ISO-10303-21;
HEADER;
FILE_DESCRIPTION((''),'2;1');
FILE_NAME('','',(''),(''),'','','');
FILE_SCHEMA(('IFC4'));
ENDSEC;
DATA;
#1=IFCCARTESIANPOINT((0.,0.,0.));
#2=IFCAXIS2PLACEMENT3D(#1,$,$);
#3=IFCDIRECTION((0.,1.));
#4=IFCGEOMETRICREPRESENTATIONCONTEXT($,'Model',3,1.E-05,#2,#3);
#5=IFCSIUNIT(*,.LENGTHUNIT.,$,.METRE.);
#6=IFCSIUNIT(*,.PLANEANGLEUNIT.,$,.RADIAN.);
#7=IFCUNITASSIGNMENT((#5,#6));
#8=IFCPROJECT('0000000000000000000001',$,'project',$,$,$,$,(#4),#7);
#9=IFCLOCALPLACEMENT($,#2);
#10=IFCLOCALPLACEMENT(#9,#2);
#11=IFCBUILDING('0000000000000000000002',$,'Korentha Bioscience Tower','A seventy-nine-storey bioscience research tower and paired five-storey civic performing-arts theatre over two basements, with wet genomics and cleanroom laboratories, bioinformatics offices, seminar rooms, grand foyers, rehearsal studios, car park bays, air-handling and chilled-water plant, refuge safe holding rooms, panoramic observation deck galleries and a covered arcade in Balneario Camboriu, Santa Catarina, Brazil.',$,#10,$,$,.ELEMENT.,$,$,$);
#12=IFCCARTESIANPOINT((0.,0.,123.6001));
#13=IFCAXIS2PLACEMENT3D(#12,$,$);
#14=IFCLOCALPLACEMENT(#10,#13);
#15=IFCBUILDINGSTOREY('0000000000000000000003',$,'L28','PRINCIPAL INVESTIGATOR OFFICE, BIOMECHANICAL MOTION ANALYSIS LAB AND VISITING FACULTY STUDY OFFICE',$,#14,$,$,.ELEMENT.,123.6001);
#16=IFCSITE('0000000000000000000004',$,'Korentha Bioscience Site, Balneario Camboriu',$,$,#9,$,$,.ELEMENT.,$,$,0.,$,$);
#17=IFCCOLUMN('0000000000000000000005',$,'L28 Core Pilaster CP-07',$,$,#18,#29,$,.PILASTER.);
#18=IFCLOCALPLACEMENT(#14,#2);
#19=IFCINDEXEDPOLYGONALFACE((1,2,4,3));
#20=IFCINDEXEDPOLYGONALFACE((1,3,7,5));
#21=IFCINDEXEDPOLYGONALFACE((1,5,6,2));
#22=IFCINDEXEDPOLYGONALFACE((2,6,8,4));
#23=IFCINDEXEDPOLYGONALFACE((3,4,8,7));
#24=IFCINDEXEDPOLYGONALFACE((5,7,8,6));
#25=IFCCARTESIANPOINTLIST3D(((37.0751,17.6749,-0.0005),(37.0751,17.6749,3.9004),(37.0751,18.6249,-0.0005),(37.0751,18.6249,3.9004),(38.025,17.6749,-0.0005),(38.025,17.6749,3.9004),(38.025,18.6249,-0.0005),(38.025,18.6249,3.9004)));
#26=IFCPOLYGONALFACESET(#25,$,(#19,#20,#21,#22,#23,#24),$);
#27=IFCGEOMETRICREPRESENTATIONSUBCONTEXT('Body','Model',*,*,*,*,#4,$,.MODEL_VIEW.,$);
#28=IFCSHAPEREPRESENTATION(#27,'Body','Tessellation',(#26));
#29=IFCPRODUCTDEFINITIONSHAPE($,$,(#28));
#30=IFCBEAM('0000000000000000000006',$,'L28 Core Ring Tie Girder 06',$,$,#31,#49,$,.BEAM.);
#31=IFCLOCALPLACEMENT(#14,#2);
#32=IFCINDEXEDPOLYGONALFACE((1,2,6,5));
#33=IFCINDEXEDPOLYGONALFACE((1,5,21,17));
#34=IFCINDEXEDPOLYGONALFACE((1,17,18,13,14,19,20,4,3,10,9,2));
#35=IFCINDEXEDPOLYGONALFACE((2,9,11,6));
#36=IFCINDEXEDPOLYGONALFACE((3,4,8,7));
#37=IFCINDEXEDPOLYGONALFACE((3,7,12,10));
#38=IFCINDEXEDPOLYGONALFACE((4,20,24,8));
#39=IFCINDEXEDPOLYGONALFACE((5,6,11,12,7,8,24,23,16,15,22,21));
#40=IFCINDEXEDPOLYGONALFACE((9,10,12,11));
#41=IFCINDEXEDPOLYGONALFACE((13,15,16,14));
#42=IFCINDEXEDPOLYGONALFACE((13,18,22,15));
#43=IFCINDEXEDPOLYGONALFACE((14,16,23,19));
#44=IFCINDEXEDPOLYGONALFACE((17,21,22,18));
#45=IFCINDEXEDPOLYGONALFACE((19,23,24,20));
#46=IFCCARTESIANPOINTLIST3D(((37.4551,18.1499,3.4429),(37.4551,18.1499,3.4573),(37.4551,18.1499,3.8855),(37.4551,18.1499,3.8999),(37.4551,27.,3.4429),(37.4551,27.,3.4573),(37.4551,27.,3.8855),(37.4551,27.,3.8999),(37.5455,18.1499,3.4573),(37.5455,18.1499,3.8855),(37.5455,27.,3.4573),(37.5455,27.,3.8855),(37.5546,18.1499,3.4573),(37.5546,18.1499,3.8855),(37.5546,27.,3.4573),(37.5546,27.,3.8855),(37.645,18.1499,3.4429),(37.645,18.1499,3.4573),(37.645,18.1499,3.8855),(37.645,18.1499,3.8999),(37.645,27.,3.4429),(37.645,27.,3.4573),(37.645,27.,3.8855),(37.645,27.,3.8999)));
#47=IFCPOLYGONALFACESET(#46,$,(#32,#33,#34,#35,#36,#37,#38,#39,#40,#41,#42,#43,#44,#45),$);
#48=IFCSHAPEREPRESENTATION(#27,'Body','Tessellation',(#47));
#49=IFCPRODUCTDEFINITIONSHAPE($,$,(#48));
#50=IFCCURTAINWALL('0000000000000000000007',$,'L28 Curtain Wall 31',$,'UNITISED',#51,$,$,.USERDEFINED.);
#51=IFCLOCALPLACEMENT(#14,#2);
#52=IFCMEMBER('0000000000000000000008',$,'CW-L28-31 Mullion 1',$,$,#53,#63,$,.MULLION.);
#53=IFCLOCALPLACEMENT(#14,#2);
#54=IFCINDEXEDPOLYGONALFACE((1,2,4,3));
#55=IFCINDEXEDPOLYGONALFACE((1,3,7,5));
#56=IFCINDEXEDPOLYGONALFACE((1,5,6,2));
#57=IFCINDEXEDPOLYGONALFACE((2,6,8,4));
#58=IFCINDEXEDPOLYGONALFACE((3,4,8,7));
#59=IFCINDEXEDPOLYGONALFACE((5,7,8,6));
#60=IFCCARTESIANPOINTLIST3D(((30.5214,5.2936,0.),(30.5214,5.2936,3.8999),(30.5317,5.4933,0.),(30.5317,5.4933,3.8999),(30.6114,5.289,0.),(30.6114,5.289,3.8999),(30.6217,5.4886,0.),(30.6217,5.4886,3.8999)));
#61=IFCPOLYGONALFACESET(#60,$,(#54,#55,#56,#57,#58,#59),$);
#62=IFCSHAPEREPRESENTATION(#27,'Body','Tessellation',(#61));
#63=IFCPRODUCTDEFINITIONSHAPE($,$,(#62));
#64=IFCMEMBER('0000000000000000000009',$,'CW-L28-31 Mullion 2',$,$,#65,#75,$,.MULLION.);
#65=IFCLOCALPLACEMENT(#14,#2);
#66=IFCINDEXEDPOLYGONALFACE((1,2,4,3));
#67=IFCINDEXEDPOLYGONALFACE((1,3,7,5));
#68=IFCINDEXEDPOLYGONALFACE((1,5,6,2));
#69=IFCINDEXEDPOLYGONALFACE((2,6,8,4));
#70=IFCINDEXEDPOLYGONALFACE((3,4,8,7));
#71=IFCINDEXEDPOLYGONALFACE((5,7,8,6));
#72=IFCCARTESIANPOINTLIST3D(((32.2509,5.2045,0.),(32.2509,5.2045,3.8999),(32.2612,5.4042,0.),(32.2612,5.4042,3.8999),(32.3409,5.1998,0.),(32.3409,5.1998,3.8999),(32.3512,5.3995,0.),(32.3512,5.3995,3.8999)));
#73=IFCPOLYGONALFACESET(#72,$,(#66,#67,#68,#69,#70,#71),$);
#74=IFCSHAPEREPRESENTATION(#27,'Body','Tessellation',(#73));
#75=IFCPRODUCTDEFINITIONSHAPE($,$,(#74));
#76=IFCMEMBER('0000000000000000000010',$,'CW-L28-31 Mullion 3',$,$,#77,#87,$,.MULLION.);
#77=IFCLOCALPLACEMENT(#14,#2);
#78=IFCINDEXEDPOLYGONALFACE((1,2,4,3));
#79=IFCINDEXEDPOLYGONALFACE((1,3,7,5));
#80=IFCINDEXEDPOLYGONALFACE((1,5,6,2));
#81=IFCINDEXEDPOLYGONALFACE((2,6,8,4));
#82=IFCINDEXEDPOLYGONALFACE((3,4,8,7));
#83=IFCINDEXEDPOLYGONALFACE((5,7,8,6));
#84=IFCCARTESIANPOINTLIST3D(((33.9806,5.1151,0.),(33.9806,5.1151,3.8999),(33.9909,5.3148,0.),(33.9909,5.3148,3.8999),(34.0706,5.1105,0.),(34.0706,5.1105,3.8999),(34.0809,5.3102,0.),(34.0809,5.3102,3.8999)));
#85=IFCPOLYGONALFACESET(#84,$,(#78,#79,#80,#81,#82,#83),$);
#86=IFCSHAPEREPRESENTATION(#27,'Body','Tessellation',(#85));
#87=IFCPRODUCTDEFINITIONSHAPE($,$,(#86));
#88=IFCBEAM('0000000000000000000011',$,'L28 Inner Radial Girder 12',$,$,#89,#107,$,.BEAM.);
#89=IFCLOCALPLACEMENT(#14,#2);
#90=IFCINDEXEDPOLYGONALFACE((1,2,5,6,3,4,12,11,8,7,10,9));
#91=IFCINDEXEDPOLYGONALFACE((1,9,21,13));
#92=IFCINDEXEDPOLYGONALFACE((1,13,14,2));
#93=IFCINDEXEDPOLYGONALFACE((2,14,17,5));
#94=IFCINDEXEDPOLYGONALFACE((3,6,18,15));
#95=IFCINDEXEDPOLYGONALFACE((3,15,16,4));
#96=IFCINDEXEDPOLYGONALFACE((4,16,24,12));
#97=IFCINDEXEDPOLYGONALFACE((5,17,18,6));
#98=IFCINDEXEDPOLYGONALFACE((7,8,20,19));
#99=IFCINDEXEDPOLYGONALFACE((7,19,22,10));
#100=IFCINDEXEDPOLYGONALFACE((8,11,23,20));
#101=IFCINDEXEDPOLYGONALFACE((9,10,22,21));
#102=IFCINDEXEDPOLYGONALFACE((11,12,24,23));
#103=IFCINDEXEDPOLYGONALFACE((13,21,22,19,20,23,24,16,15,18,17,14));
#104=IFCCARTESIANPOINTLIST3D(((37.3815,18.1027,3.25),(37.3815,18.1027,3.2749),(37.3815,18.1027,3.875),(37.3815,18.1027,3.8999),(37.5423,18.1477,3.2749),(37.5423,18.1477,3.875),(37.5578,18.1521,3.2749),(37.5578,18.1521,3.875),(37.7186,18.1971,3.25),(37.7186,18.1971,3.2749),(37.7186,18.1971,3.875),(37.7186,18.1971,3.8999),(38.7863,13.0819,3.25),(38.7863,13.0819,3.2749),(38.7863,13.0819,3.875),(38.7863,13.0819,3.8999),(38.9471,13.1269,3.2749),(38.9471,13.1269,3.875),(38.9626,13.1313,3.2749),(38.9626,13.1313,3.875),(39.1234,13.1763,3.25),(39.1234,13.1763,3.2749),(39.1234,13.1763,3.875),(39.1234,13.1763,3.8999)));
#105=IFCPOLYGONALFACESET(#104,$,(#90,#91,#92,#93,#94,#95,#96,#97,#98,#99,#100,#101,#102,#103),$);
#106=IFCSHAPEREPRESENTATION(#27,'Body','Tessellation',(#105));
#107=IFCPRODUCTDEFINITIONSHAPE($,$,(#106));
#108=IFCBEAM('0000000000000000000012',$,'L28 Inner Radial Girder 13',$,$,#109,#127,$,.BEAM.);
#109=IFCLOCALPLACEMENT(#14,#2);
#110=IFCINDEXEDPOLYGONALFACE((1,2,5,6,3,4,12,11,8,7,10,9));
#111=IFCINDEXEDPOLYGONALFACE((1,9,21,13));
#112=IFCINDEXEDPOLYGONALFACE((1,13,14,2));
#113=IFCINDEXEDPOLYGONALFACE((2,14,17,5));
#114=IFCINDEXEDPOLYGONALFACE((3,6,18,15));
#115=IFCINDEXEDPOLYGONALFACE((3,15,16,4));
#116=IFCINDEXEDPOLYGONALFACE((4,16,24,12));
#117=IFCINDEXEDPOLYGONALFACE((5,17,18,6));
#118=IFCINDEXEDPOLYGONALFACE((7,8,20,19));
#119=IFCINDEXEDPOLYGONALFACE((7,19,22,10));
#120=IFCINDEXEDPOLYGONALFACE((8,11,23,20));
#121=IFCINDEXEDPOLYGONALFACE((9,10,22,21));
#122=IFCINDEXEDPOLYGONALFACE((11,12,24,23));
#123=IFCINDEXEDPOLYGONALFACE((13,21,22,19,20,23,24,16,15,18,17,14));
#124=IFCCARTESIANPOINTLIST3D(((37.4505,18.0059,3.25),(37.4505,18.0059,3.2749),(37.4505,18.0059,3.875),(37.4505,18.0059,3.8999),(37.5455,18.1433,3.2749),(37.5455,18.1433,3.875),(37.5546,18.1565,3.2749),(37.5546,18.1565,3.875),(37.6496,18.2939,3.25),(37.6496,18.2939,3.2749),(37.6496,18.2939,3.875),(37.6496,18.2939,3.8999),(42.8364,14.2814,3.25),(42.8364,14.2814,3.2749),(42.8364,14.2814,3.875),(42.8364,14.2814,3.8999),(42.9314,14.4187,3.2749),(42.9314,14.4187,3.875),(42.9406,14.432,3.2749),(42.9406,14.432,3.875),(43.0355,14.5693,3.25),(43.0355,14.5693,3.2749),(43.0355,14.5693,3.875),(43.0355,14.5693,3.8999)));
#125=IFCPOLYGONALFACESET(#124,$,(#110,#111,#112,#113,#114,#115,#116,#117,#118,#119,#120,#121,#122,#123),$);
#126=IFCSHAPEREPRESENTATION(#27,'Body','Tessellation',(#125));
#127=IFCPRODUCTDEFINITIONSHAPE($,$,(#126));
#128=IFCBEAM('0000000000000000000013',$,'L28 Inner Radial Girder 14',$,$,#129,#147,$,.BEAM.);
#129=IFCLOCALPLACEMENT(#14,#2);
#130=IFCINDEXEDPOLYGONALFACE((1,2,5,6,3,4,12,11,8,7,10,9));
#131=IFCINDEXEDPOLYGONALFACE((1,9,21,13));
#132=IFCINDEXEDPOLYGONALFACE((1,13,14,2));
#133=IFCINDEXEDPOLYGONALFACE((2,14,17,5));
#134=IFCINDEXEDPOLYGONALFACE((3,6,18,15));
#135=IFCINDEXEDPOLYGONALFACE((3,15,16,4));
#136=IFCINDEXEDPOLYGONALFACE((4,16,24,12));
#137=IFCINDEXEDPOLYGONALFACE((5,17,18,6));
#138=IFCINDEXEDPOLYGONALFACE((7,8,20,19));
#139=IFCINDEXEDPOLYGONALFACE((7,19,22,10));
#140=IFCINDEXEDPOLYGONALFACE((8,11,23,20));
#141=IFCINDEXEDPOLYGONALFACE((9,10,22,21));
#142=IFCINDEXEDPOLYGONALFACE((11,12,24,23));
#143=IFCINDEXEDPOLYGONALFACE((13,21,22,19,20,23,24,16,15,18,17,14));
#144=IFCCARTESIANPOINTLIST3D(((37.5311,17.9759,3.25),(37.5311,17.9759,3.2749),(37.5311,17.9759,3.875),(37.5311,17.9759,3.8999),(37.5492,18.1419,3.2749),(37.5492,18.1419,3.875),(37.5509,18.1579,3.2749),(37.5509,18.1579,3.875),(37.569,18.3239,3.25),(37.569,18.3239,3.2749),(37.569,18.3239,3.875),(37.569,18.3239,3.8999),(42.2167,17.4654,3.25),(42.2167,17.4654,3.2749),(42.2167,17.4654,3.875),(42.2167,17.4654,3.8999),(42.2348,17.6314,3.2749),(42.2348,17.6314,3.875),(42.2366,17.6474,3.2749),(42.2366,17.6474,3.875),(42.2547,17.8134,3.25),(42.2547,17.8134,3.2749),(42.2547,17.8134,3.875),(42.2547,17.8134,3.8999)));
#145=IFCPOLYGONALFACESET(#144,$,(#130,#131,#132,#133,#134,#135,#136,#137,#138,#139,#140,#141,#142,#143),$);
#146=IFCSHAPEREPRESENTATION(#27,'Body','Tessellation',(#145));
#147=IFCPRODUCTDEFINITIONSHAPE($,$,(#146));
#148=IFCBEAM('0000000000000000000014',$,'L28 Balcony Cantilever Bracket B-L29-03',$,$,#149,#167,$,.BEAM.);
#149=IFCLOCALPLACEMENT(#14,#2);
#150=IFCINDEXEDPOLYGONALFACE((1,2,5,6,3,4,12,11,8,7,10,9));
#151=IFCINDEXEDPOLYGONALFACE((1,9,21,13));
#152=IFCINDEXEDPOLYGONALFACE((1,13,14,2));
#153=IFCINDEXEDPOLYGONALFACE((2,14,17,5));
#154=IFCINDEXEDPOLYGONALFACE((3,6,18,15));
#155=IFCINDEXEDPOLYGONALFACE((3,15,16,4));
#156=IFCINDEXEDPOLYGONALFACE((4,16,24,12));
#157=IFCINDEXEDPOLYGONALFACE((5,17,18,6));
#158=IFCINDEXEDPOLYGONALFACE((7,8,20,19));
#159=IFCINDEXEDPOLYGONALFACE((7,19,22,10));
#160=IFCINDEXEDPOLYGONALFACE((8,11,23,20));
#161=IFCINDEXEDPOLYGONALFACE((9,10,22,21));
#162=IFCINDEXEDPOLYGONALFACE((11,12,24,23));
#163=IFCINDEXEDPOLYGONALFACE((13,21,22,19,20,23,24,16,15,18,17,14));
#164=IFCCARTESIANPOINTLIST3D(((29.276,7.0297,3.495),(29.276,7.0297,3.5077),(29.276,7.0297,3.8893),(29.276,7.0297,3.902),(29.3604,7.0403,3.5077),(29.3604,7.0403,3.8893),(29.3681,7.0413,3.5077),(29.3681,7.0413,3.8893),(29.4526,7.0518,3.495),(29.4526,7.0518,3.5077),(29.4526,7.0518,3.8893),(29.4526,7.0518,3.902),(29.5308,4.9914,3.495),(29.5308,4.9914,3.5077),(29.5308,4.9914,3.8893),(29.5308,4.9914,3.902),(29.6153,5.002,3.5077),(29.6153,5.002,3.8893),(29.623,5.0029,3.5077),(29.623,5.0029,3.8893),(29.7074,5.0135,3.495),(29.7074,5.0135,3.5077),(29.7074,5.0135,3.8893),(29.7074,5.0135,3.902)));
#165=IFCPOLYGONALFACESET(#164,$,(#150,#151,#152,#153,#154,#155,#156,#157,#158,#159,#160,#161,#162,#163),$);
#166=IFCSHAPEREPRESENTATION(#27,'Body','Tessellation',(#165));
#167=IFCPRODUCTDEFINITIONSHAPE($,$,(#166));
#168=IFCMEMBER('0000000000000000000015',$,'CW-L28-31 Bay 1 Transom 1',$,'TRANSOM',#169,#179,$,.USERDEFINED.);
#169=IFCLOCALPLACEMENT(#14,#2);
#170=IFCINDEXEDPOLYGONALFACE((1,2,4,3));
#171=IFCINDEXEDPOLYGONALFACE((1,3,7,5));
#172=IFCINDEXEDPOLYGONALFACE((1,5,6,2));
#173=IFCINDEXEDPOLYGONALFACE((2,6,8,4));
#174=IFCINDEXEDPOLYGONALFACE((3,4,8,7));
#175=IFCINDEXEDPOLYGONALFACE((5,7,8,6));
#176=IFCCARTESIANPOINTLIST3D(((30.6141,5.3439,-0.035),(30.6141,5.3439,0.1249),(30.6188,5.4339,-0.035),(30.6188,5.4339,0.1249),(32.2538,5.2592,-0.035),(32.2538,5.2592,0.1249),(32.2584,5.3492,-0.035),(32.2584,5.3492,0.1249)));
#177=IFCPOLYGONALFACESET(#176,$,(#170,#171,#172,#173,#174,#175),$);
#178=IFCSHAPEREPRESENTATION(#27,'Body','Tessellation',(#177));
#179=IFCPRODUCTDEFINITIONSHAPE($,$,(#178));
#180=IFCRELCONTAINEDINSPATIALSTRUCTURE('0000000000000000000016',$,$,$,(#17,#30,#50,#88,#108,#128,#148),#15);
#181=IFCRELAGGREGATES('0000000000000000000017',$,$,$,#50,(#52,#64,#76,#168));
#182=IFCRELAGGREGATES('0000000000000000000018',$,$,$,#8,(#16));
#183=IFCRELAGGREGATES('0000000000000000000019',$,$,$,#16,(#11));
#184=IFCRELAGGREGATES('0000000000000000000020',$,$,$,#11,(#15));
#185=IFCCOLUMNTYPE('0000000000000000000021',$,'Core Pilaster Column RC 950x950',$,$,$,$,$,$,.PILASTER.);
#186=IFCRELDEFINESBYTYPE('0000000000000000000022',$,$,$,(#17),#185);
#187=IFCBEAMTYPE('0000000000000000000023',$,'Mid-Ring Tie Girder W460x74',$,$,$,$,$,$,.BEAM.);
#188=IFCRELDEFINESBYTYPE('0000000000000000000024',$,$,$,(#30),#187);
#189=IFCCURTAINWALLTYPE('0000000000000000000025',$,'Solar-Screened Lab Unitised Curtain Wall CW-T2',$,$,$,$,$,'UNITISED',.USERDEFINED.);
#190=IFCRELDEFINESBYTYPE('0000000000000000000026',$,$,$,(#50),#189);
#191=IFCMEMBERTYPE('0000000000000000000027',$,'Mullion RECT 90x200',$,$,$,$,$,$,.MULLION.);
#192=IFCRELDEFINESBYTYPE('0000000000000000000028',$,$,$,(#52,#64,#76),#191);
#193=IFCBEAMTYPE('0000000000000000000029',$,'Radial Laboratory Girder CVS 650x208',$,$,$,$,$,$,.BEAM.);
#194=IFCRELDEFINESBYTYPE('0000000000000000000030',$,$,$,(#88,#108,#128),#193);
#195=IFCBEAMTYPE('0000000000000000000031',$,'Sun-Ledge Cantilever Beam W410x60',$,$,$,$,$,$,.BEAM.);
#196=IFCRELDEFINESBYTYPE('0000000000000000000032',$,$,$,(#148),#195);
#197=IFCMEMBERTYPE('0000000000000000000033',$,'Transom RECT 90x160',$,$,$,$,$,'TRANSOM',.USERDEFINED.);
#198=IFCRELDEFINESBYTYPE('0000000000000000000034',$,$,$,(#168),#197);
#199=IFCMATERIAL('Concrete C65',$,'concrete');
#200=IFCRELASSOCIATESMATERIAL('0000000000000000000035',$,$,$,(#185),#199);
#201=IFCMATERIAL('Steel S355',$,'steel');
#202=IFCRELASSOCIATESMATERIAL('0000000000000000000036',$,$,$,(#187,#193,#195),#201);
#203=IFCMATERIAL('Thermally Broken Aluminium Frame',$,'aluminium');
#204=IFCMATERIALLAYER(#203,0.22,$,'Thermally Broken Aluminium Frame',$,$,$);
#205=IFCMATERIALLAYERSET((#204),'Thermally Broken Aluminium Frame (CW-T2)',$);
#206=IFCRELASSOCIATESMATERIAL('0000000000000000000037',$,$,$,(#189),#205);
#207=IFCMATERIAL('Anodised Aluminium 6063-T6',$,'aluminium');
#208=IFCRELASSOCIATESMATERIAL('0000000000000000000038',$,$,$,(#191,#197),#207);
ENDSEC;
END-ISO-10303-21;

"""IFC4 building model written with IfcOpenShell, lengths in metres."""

from ifc_helpers import new_model, si_unit, direction, frame, origin, origin_2d, place, context, subcontext, project, spatial, rectangle, i_section, extrude, material, layer, layer_set, material_profile, profile_set, type_object, element, aggregate, save


model = new_model("IFC4")

# Units and contexts
model_context = context("Model", 3, precision=1e-05, world=origin(), true_north=direction((0.0, 1.0)))
body_context = subcontext(model_context, "Body", "Model", "MODEL_VIEW")
ifc_project = project(units=[si_unit("LENGTHUNIT", "METRE"), si_unit("PLANEANGLEUNIT", "RADIAN")], contexts=[model_context])

# Site, building, storey
site_placement = place(None, origin())
site = spatial("IfcSite", under=ifc_project, at=site_placement, Name="Korentha Bioscience Site, Balneario Camboriu", CompositionType="ELEMENT", RefElevation=0.0)
building_placement = place(site_placement, origin())
building = spatial("IfcBuilding", under=site, at=building_placement, Name="Korentha Bioscience Tower", Description="A seventy-nine-storey bioscience research tower and paired five-storey civic performing-arts theatre over two basements, with wet genomics and cleanroom laboratories, bioinformatics offices, seminar rooms, grand foyers, rehearsal studios, car park bays, air-handling and chilled-water plant, refuge safe holding rooms, panoramic observation deck galleries and a covered arcade in Balneario Camboriu, Santa Catarina, Brazil.", CompositionType="ELEMENT")
storey_placement = place(building_placement, frame((0.0, 0.0, 123.6001)))
storey = spatial("IfcBuildingStorey", under=building, at=storey_placement, Name="L28", Description="PRINCIPAL INVESTIGATOR OFFICE, BIOMECHANICAL MOTION ANALYSIS LAB AND VISITING FACULTY STUDY OFFICE", CompositionType="ELEMENT", Elevation=123.6001)

# Column
ifc_material_1 = material(Name="Concrete C65", Category="concrete")
ifc_material_profile_1 = material_profile(ifc_material_1, rectangle(XDim=0.95, YDim=0.95, at=origin_2d()), Name="Concrete C65")
ifc_profile_set_1 = profile_set([ifc_material_profile_1], Name="Concrete C65 (COL-CP09)")
column_type = type_object("IfcColumnType", Name="Core Pilaster Column RC 950x950", PredefinedType="PILASTER", material=ifc_profile_set_1)
column_placement = place(storey_placement, frame((37.55, 18.1499, -0.0005), z_axis=(0.0, 0.0, 1.0), x_axis=(1.0, 0.0, 0.0)))
element("IfcColumn", 1, at=column_placement, inside=storey, type_object=column_type, Name="L28 Core Pilaster CP-07", PredefinedType="PILASTER", context=body_context, shape_type="SweptSolid", body=[
    extrude(rectangle(XDim=0.95, YDim=0.95, at=origin_2d()), origin(), (0.0, 0.0, 1.0), 3.9009),
])

# Beam
ifc_material_2 = material(Name="Steel S355", Category="steel")
ifc_material_profile_2 = material_profile(ifc_material_2, i_section(OverallWidth=0.1899, OverallDepth=0.457, WebThickness=0.009, FlangeThickness=0.0144, at=origin_2d()), Name="Steel S355")
ifc_profile_set_2 = profile_set([ifc_material_profile_2], Name="Steel S355 (MB-460)")
beam_type_1 = type_object("IfcBeamType", Name="Mid-Ring Tie Girder W460x74", PredefinedType="BEAM", material=ifc_profile_set_2)
beam_1_placement = place(storey_placement, frame((37.55, 18.1499, 3.6714), z_axis=(0.0, 1.0, 0.0), x_axis=(-1.0, 0.0, 0.0)))
element("IfcBeam", 2, at=beam_1_placement, inside=storey, type_object=beam_type_1, Name="L28 Core Ring Tie Girder 06", PredefinedType="BEAM", context=body_context, shape_type="SweptSolid", body=[
    extrude(i_section(OverallWidth=0.1899, OverallDepth=0.457, WebThickness=0.009, FlangeThickness=0.0144, at=origin_2d()), origin(), (0.0, 0.0, 1.0), 8.8501),
])

# Curtain wall, members
ifc_material_3 = material(Name="Thermally Broken Aluminium Frame", Category="aluminium")
ifc_layer_1 = layer(ifc_material_3, 0.22, Name="Thermally Broken Aluminium Frame")
ifc_layer_set_1 = layer_set([ifc_layer_1], Name="Thermally Broken Aluminium Frame (CW-T2)")
curtain_wall_type = type_object("IfcCurtainWallType", Name="Solar-Screened Lab Unitised Curtain Wall CW-T2", ElementType="UNITISED", PredefinedType="USERDEFINED", material=ifc_layer_set_1)
curtain_wall_placement = place(storey_placement, origin())
curtain_wall = element("IfcCurtainWall", 3, at=curtain_wall_placement, inside=storey, type_object=curtain_wall_type, Name="L28 Curtain Wall 31", ObjectType="UNITISED", PredefinedType="USERDEFINED")
ifc_material_4 = material(Name="Anodised Aluminium 6063-T6", Category="aluminium")
ifc_material_profile_3 = material_profile(ifc_material_4, rectangle(XDim=0.0901, YDim=0.2, at=origin_2d()), Name="Anodised Aluminium 6063-T6")
ifc_profile_set_3 = profile_set([ifc_material_profile_3], Name="Anodised Aluminium 6063-T6 (CW-MUL)")
member_type_1 = type_object("IfcMemberType", Name="Mullion RECT 90x200", PredefinedType="MULLION", material=ifc_profile_set_3)
member_1_placement = place(storey_placement, frame((30.5715, 5.3911, 0.0), z_axis=(0.0, 0.0, 1.0), x_axis=(0.998673, -0.051495, 0.0)))
member_1 = element("IfcMember", 4, at=member_1_placement, type_object=member_type_1, Name="CW-L28-31 Mullion 1", PredefinedType="MULLION", context=body_context, shape_type="SweptSolid", body=[
    extrude(rectangle(XDim=0.0901, YDim=0.2, at=origin_2d()), origin(), (0.0, 0.0, 1.0), 3.8999),
])
member_2_placement = place(storey_placement, frame((32.301, 5.302, 0.0), z_axis=(0.0, 0.0, 1.0), x_axis=(0.998673, -0.051495, 0.0)))
member_2 = element("IfcMember", 5, at=member_2_placement, type_object=member_type_1, Name="CW-L28-31 Mullion 2", PredefinedType="MULLION", context=body_context, shape_type="SweptSolid", body=[
    extrude(rectangle(XDim=0.0901, YDim=0.2, at=origin_2d()), origin(), (0.0, 0.0, 1.0), 3.8999),
])
member_3_placement = place(storey_placement, frame((34.0308, 5.2126, 0.0), z_axis=(0.0, 0.0, 1.0), x_axis=(0.998673, -0.051495, 0.0)))
member_3 = element("IfcMember", 6, at=member_3_placement, type_object=member_type_1, Name="CW-L28-31 Mullion 3", PredefinedType="MULLION", context=body_context, shape_type="SweptSolid", body=[
    extrude(rectangle(XDim=0.0901, YDim=0.2, at=origin_2d()), origin(), (0.0, 0.0, 1.0), 3.8999),
])

# Beams
ifc_material_profile_4 = material_profile(ifc_material_2, i_section(OverallWidth=0.3501, OverallDepth=0.6499, WebThickness=0.0161, FlangeThickness=0.0249, at=origin_2d()), Name="Steel S355")
ifc_profile_set_4 = profile_set([ifc_material_profile_4], Name="Steel S355 (RB-650)")
beam_type_2 = type_object("IfcBeamType", Name="Radial Laboratory Girder CVS 650x208", PredefinedType="BEAM", material=ifc_profile_set_4)
beam_2_placement = place(storey_placement, frame((37.55, 18.1499, 3.575), z_axis=(0.269448, -0.963015, 0.0), x_axis=(0.963015, 0.269448, 0.0)))
element("IfcBeam", 7, at=beam_2_placement, inside=storey, type_object=beam_type_2, Name="L28 Inner Radial Girder 12", PredefinedType="BEAM", context=body_context, shape_type="SweptSolid", body=[
    extrude(i_section(OverallWidth=0.3501, OverallDepth=0.6499, WebThickness=0.0161, FlangeThickness=0.0249, at=origin_2d()), origin(), (0.0, 0.0, 1.0), 5.2136),
])
beam_3_placement = place(storey_placement, frame((37.55, 18.1499, 3.575), z_axis=(0.822489, -0.568781, 0.0), x_axis=(0.568781, 0.822489, 0.0)))
element("IfcBeam", 8, at=beam_3_placement, inside=storey, type_object=beam_type_2, Name="L28 Inner Radial Girder 13", PredefinedType="BEAM", context=body_context, shape_type="SweptSolid", body=[
    extrude(i_section(OverallWidth=0.3501, OverallDepth=0.6499, WebThickness=0.0161, FlangeThickness=0.0249, at=origin_2d()), origin(), (0.0, 0.0, 1.0), 6.5483),
])
beam_4_placement = place(storey_placement, frame((37.55, 18.1499, 3.575), z_axis=(0.994117, -0.108311, 0.0), x_axis=(0.108311, 0.994117, 0.0)))
element("IfcBeam", 9, at=beam_4_placement, inside=storey, type_object=beam_type_2, Name="L28 Inner Radial Girder 14", PredefinedType="BEAM", context=body_context, shape_type="SweptSolid", body=[
    extrude(i_section(OverallWidth=0.3501, OverallDepth=0.6499, WebThickness=0.0161, FlangeThickness=0.0249, at=origin_2d()), origin(), (0.0, 0.0, 1.0), 4.7134),
])
ifc_material_profile_5 = material_profile(ifc_material_2, i_section(OverallWidth=0.178, OverallDepth=0.407, WebThickness=0.0078, FlangeThickness=0.0127, at=origin_2d()), Name="Steel S355")
ifc_profile_set_5 = profile_set([ifc_material_profile_5], Name="Steel S355 (CB-410)")
beam_type_3 = type_object("IfcBeamType", Name="Sun-Ledge Cantilever Beam W410x60", PredefinedType="BEAM", material=ifc_profile_set_5)
beam_5_placement = place(storey_placement, frame((29.3643, 7.0408, 3.6985), z_axis=(0.124079, -0.992272, 0.0), x_axis=(0.992272, 0.124079, 0.0)))
element("IfcBeam", 10, at=beam_5_placement, inside=storey, type_object=beam_type_3, Name="L28 Balcony Cantilever Bracket B-L29-03", PredefinedType="BEAM", context=body_context, shape_type="SweptSolid", body=[
    extrude(i_section(OverallWidth=0.178, OverallDepth=0.407, WebThickness=0.0078, FlangeThickness=0.0127, at=origin_2d()), origin(), (0.0, 0.0, 1.0), 2.0542),
])

# Member
ifc_material_profile_6 = material_profile(ifc_material_4, rectangle(XDim=0.0901, YDim=0.1599, at=origin_2d()), Name="Anodised Aluminium 6063-T6")
ifc_profile_set_6 = profile_set([ifc_material_profile_6], Name="Anodised Aluminium 6063-T6 (CW-TRN)")
member_type_2 = type_object("IfcMemberType", Name="Transom RECT 90x160", ElementType="TRANSOM", PredefinedType="USERDEFINED", material=ifc_profile_set_6)
member_4_placement = place(storey_placement, frame((30.6165, 5.3889, 0.0449), z_axis=(0.998668, -0.051599, 0.0), x_axis=(0.051599, 0.998668, 0.0)))
member_4 = element("IfcMember", 11, at=member_4_placement, type_object=member_type_2, Name="CW-L28-31 Bay 1 Transom 1", ObjectType="TRANSOM", PredefinedType="USERDEFINED", context=body_context, shape_type="SweptSolid", body=[
    extrude(rectangle(XDim=0.0901, YDim=0.1599, at=origin_2d()), origin(), (0.0, 0.0, 1.0), 1.6418),
])

aggregate(curtain_wall, [member_1, member_2, member_3, member_4])

save(model, "model.ifc")
